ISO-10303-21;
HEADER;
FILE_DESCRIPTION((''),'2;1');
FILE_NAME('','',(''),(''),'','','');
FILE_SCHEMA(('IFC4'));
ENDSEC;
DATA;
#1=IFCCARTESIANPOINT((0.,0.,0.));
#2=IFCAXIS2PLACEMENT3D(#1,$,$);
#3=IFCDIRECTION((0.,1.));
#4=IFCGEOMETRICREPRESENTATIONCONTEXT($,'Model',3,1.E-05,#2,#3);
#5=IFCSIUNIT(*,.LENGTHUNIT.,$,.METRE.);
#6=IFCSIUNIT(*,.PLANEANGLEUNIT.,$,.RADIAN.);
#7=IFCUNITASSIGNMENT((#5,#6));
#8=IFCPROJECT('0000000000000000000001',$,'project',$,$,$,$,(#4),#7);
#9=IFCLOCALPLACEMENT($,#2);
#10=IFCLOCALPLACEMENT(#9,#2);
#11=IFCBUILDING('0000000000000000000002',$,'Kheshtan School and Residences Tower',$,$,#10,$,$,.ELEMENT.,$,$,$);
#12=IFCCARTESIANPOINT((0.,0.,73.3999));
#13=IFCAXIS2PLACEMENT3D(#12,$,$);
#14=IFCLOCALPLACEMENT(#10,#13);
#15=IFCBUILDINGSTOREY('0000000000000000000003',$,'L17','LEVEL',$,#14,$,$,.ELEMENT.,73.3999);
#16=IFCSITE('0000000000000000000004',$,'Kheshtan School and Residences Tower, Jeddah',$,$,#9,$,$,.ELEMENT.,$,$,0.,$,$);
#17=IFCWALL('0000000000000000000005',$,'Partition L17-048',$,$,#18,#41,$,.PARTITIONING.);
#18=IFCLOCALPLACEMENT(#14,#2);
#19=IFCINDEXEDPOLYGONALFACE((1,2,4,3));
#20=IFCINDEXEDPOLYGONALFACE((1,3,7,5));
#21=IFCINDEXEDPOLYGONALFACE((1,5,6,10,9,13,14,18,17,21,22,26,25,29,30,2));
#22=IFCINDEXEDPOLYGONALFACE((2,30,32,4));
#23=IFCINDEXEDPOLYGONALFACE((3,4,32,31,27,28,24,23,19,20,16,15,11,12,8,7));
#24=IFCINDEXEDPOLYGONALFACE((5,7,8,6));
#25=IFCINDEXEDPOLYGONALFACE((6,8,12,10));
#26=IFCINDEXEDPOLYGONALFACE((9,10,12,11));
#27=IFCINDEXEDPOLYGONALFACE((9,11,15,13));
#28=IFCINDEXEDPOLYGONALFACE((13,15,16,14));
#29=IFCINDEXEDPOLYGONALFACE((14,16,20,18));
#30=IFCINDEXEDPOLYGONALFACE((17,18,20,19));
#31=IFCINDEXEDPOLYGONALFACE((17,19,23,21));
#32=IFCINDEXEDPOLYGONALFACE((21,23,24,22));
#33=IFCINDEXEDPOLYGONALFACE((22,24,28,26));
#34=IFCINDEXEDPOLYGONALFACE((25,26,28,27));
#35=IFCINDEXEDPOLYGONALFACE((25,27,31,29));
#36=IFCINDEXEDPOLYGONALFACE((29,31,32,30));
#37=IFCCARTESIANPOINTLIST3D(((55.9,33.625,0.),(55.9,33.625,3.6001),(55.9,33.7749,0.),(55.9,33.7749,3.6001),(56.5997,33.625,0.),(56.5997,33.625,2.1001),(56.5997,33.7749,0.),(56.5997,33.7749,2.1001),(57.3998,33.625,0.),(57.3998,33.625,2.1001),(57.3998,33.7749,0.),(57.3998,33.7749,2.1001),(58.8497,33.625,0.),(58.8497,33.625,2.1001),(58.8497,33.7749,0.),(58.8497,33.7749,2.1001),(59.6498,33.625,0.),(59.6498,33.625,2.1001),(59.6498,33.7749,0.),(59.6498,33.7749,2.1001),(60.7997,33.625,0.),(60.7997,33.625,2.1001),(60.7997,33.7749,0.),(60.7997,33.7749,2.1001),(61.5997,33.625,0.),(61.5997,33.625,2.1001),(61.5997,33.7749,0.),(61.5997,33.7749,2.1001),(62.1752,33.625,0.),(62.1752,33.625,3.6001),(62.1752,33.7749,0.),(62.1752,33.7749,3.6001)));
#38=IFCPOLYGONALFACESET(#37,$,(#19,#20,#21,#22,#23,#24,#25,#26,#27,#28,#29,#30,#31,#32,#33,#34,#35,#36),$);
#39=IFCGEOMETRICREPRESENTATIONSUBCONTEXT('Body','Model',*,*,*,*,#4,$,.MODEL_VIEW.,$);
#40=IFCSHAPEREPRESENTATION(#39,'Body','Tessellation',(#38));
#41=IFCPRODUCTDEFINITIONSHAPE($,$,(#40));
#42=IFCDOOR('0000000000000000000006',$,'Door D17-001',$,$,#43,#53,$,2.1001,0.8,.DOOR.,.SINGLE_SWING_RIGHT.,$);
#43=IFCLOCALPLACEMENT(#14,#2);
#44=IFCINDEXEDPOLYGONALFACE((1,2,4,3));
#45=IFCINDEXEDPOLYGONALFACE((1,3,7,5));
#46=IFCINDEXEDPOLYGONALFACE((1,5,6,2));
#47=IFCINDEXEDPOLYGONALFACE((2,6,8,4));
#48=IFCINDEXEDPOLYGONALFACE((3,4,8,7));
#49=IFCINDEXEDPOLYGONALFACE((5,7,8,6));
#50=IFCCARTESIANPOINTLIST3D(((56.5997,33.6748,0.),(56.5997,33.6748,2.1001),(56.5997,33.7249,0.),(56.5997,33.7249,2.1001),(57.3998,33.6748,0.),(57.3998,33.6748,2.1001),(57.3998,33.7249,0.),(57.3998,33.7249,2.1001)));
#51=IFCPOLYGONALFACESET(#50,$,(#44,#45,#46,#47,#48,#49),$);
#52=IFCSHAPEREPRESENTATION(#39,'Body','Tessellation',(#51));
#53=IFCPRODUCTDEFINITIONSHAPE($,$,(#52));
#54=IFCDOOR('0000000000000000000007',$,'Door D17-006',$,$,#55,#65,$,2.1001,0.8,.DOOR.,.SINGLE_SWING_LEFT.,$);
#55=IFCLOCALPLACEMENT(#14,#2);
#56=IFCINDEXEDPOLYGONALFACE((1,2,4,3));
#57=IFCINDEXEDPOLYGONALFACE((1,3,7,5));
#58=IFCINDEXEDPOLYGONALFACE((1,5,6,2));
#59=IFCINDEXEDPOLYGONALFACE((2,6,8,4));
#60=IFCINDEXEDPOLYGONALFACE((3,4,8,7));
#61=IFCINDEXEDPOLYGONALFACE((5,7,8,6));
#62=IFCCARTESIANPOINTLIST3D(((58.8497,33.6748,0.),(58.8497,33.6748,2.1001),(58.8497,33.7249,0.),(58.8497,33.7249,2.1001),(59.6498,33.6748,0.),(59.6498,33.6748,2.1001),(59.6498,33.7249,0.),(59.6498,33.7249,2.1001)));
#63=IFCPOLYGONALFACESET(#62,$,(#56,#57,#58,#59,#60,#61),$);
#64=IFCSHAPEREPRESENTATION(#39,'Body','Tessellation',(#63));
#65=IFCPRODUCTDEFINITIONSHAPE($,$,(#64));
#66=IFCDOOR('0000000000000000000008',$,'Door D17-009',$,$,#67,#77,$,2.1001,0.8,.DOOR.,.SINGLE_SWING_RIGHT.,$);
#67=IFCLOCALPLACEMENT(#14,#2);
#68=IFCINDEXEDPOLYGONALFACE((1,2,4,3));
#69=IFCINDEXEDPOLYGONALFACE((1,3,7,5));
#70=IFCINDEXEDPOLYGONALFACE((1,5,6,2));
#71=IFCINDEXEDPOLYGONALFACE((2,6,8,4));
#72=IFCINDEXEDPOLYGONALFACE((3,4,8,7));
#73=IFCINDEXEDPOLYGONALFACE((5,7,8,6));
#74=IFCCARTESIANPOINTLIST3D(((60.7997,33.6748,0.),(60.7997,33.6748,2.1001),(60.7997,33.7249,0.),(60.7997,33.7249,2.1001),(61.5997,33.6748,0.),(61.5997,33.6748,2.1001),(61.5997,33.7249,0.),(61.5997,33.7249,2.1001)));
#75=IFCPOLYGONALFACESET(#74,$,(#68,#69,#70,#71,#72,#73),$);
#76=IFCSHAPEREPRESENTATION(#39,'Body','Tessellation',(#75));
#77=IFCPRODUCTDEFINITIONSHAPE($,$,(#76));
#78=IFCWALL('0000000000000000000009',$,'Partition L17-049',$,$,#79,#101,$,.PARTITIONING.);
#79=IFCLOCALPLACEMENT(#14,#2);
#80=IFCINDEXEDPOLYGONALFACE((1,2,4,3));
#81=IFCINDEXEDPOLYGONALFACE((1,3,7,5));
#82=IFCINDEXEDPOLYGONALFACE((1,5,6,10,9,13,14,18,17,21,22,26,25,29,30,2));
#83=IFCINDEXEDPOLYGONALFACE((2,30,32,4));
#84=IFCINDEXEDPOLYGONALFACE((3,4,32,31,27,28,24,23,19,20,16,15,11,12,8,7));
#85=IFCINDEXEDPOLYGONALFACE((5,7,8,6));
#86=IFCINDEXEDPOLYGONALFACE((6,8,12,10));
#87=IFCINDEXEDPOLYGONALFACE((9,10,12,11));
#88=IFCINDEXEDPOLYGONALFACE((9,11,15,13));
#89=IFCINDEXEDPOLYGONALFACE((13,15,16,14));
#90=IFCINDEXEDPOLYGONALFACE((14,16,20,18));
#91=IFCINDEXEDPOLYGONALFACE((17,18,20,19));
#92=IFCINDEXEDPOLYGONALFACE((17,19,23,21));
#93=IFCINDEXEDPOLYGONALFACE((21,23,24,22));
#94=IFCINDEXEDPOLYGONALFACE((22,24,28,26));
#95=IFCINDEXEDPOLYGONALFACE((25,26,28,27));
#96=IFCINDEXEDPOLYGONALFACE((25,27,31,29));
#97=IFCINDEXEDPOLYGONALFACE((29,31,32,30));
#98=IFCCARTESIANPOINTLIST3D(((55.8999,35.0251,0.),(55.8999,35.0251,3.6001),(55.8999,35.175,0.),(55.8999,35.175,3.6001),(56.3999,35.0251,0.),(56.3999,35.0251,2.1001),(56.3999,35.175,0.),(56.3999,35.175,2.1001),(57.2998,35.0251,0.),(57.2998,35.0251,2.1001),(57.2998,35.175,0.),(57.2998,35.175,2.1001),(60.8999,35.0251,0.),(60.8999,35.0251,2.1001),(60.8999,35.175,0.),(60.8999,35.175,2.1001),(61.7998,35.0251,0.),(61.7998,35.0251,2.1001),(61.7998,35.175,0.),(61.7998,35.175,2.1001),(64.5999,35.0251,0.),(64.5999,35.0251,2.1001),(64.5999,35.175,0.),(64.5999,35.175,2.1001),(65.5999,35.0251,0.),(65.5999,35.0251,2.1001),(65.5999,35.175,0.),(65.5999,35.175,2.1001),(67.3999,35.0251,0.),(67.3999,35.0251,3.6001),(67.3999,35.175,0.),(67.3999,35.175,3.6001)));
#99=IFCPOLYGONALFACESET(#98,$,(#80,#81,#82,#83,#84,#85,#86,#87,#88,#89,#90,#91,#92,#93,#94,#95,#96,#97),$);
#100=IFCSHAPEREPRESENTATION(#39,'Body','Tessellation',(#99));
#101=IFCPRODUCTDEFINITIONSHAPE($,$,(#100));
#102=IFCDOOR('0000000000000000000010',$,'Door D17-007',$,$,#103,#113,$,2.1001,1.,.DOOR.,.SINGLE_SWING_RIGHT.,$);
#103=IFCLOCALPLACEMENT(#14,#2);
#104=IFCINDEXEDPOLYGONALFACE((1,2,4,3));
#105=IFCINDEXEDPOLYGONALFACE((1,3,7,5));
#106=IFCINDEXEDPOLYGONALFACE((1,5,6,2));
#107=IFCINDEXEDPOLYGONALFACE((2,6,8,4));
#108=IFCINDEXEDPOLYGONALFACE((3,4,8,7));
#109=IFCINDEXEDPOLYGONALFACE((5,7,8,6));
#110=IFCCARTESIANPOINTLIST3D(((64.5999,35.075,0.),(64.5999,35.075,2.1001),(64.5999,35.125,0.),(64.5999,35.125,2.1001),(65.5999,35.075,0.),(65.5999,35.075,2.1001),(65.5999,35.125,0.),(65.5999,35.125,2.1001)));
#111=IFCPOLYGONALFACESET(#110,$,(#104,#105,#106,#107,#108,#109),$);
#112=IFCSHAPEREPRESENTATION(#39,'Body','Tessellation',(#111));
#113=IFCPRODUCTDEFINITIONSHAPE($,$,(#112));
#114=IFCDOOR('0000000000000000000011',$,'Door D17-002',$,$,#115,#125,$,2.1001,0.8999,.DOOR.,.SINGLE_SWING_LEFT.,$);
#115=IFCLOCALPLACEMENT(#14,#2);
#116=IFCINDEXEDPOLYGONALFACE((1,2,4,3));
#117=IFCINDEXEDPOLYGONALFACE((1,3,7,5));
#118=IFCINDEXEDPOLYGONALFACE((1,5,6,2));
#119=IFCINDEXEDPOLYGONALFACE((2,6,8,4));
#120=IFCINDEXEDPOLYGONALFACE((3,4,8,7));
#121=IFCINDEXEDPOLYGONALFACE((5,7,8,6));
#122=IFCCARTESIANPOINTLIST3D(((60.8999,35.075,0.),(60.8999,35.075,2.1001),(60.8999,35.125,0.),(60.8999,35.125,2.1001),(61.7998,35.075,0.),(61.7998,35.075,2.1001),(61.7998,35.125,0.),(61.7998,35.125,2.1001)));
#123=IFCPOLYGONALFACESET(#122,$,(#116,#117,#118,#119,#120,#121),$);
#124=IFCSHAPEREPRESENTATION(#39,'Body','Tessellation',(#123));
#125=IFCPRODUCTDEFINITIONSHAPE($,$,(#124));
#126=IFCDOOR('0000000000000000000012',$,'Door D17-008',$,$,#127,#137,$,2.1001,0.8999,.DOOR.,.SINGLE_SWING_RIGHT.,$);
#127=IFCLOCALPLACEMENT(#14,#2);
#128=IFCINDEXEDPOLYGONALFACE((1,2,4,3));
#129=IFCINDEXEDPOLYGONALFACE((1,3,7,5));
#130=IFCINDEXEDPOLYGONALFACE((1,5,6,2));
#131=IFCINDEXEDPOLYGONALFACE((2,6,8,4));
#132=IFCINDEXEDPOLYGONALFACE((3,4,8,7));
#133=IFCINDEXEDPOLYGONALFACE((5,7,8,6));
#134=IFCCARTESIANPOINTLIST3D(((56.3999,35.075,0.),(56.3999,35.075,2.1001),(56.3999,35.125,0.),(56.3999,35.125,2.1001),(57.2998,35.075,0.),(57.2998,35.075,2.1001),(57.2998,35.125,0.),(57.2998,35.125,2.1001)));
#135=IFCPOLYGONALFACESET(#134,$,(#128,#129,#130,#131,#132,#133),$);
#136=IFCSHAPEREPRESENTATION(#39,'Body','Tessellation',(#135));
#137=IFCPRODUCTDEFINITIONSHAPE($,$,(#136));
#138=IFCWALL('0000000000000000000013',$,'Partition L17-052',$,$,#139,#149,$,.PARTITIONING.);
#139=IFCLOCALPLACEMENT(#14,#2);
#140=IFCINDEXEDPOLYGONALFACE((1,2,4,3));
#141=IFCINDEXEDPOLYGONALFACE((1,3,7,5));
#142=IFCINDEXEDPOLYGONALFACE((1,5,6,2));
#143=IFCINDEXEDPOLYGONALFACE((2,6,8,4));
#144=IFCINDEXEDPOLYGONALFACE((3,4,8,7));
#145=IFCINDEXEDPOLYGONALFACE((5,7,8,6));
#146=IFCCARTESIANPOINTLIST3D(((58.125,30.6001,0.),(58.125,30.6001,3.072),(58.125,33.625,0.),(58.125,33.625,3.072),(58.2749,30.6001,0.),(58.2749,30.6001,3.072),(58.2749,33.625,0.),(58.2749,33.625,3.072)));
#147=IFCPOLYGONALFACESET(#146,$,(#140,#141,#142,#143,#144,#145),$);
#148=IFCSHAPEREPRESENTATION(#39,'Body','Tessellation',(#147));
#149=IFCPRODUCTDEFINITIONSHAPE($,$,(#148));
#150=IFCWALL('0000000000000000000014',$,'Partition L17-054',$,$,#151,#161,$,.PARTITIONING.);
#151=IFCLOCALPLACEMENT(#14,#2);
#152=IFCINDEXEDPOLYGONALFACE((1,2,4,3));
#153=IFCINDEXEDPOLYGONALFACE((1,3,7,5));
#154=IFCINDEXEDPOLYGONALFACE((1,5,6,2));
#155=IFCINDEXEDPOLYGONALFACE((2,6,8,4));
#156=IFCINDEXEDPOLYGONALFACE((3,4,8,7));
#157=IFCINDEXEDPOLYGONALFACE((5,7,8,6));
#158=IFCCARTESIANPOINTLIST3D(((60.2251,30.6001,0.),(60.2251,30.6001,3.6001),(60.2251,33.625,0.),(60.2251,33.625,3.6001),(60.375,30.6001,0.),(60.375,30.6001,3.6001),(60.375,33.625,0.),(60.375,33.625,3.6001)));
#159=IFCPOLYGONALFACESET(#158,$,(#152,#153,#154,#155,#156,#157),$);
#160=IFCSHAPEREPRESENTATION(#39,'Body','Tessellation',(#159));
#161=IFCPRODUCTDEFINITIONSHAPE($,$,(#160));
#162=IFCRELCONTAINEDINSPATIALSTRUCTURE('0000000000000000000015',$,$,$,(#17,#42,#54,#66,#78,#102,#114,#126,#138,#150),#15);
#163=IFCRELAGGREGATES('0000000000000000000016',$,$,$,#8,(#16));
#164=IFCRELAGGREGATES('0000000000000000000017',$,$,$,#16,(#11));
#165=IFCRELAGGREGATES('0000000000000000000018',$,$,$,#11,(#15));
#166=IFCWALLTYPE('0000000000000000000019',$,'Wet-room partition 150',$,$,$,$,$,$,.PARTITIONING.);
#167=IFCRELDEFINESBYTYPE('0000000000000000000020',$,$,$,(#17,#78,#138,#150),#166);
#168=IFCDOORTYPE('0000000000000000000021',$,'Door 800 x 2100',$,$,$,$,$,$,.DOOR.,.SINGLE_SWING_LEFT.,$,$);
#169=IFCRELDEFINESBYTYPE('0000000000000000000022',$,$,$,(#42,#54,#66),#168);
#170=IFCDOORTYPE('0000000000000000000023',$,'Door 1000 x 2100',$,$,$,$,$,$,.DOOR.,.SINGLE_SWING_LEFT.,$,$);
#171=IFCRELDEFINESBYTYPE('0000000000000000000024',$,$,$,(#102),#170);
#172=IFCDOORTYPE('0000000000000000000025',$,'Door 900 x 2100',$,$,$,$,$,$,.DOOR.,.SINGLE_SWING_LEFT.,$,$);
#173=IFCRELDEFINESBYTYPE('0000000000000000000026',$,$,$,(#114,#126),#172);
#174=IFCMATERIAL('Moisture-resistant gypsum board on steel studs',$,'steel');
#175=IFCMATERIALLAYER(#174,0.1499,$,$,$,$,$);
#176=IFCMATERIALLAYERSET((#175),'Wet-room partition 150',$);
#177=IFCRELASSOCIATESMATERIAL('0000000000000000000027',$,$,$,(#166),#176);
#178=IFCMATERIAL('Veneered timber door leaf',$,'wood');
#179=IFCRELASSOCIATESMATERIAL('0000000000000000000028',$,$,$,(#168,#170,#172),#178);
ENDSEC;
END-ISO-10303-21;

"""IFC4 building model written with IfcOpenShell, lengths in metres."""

from ifc_helpers import new_model, si_unit, direction, frame, frame_2d, origin, place, context, subcontext, project, spatial, rectangle, extrude, source, transform, mapped, material, layer, layer_set, type_object, element, fill, save


model = new_model("IFC4")

# Units and contexts
model_context = context("Model", 3, precision=1e-05, world=origin(), true_north=direction((0.0, 1.0)))
body_context = subcontext(model_context, "Body", "Model", "MODEL_VIEW")
ifc_project = project(units=[si_unit("LENGTHUNIT", "METRE"), si_unit("PLANEANGLEUNIT", "RADIAN")], contexts=[model_context])

# Site, building, storey
site_placement = place(None, origin())
site = spatial("IfcSite", under=ifc_project, at=site_placement, Name="Kheshtan School and Residences Tower, Jeddah", CompositionType="ELEMENT", RefElevation=0.0)
building_placement = place(site_placement, origin())
building = spatial("IfcBuilding", under=site, at=building_placement, Name="Kheshtan School and Residences Tower", CompositionType="ELEMENT")
storey_placement = place(building_placement, frame((0.0, 0.0, 73.3999)))
storey = spatial("IfcBuildingStorey", under=building, at=storey_placement, Name="L17", Description="LEVEL", CompositionType="ELEMENT", Elevation=73.3999)

# Walls, openings, doors
ifc_material_1 = material(Name="Moisture-resistant gypsum board on steel studs", Category="steel")
ifc_layer_1 = layer(ifc_material_1, 0.1499)
ifc_layer_set_1 = layer_set([ifc_layer_1], Name="Wet-room partition 150")
wall_type_1 = type_object("IfcWallType", Name="Wet-room partition 150", PredefinedType="PARTITIONING", material=ifc_layer_set_1)
wall_1_placement = place(storey_placement, frame((55.8999, 33.7, 0.0), z_axis=(0.0, 0.0, 1.0), x_axis=(1.0, 0.0, 0.0)))
wall_1 = element("IfcWall", 1, at=wall_1_placement, inside=storey, type_object=wall_type_1, Name="Partition L17-048", PredefinedType="PARTITIONING", context=body_context, shape_type="SweptSolid", body=[
    extrude(rectangle(XDim=6.2751, YDim=0.1499, at=frame_2d((3.1377, 0.0))), origin(), (0.0, 0.0, 1.0), 3.6001),
])
opening_1_placement = place(wall_1_placement, frame((0.7, 0.0, 0.0)))
opening_1 = element("IfcOpeningElement", 2, at=opening_1_placement, cuts=wall_1, PredefinedType="OPENING", context=body_context, shape_type="SweptSolid", body=[
    extrude(rectangle(XDim=0.8, YDim=2.1001, at=frame_2d((0.3999, 1.05))), frame((0.0, 0.085, 0.0), z_axis=(0.0, -1.0, 0.0), x_axis=(1.0, 0.0, 0.0)), (0.0, 0.0, 1.0), 0.1699),
])
opening_2_placement = place(wall_1_placement, frame((2.95, 0.0, 0.0)))
opening_2 = element("IfcOpeningElement", 3, at=opening_2_placement, cuts=wall_1, PredefinedType="OPENING", context=body_context, shape_type="SweptSolid", body=[
    extrude(rectangle(XDim=0.8, YDim=2.1001, at=frame_2d((0.3999, 1.05))), frame((0.0, 0.085, 0.0), z_axis=(0.0, -1.0, 0.0), x_axis=(1.0, 0.0, 0.0)), (0.0, 0.0, 1.0), 0.1699),
])
opening_3_placement = place(wall_1_placement, frame((4.8999, 0.0, 0.0)))
opening_3 = element("IfcOpeningElement", 4, at=opening_3_placement, cuts=wall_1, PredefinedType="OPENING", context=body_context, shape_type="SweptSolid", body=[
    extrude(rectangle(XDim=0.8, YDim=2.1001, at=frame_2d((0.3999, 1.05))), frame((0.0, 0.085, 0.0), z_axis=(0.0, -1.0, 0.0), x_axis=(1.0, 0.0, 0.0)), (0.0, 0.0, 1.0), 0.1699),
])
ifc_material_2 = material(Name="Veneered timber door leaf", Category="wood")
door_type_1 = type_object("IfcDoorType", Name="Door 800 x 2100", OperationType="SINGLE_SWING_LEFT", PredefinedType="DOOR", material=ifc_material_2)
shared_shape_1 = source(origin(), body_context, "Body", "SweptSolid", [
    extrude(rectangle(XDim=0.8, YDim=2.1001, at=frame_2d((0.3999, 1.05))), frame((0.0, 0.0249, 0.0), z_axis=(0.0, -1.0, 0.0), x_axis=(1.0, 0.0, 0.0)), (0.0, 0.0, 1.0), 0.05),
])
door_1_placement = place(opening_1_placement, origin())
door_1 = element("IfcDoor", 5, at=door_1_placement, inside=storey, type_object=door_type_1, Name="Door D17-001", OperationType="SINGLE_SWING_RIGHT", OverallHeight=2.1001, OverallWidth=0.8, PredefinedType="DOOR", context=body_context, shape_type="MappedRepresentation", body=[
    mapped(shared_shape_1, transform((0.0, 0.0, 0.0), x_axis=(1.0, 0.0, 0.0), y_axis=(0.0, 1.0, 0.0), z_axis=(0.0, 0.0, 1.0), scale=1.0)),
])
fill(opening_1, door_1)
door_2_placement = place(opening_2_placement, origin())
door_2 = element("IfcDoor", 6, at=door_2_placement, inside=storey, type_object=door_type_1, Name="Door D17-006", OperationType="SINGLE_SWING_LEFT", OverallHeight=2.1001, OverallWidth=0.8, PredefinedType="DOOR", context=body_context, shape_type="MappedRepresentation", body=[
    mapped(shared_shape_1, transform((0.0, 0.0, 0.0), x_axis=(1.0, 0.0, 0.0), y_axis=(0.0, 1.0, 0.0), z_axis=(0.0, 0.0, 1.0), scale=1.0)),
])
fill(opening_2, door_2)
door_3_placement = place(opening_3_placement, origin())
door_3 = element("IfcDoor", 7, at=door_3_placement, inside=storey, type_object=door_type_1, Name="Door D17-009", OperationType="SINGLE_SWING_RIGHT", OverallHeight=2.1001, OverallWidth=0.8, PredefinedType="DOOR", context=body_context, shape_type="MappedRepresentation", body=[
    mapped(shared_shape_1, transform((0.0, 0.0, 0.0), x_axis=(1.0, 0.0, 0.0), y_axis=(0.0, 1.0, 0.0), z_axis=(0.0, 0.0, 1.0), scale=1.0)),
])
fill(opening_3, door_3)
wall_2_placement = place(storey_placement, frame((55.8999, 35.1001, 0.0), z_axis=(0.0, 0.0, 1.0), x_axis=(1.0, 0.0, 0.0)))
wall_2 = element("IfcWall", 8, at=wall_2_placement, inside=storey, type_object=wall_type_1, Name="Partition L17-049", PredefinedType="PARTITIONING", context=body_context, shape_type="SweptSolid", body=[
    extrude(rectangle(XDim=11.5, YDim=0.1499, at=frame_2d((5.75, 0.0))), origin(), (0.0, 0.0, 1.0), 3.6001),
])
opening_4_placement = place(wall_2_placement, frame((5.0, 0.0, 0.0)))
opening_4 = element("IfcOpeningElement", 9, at=opening_4_placement, cuts=wall_2, PredefinedType="OPENING", context=body_context, shape_type="SweptSolid", body=[
    extrude(rectangle(XDim=0.8999, YDim=2.1001, at=frame_2d((0.45, 1.05))), frame((0.0, 0.085, 0.0), z_axis=(0.0, -1.0, 0.0), x_axis=(1.0, 0.0, 0.0)), (0.0, 0.0, 1.0), 0.1699),
])
opening_5_placement = place(wall_2_placement, frame((8.7, 0.0, 0.0)))
opening_5 = element("IfcOpeningElement", 10, at=opening_5_placement, cuts=wall_2, PredefinedType="OPENING", context=body_context, shape_type="SweptSolid", body=[
    extrude(rectangle(XDim=1.0, YDim=2.1001, at=frame_2d((0.5, 1.05))), frame((0.0, 0.085, 0.0), z_axis=(0.0, -1.0, 0.0), x_axis=(1.0, 0.0, 0.0)), (0.0, 0.0, 1.0), 0.1699),
])
opening_6_placement = place(wall_2_placement, frame((0.5, 0.0, 0.0)))
opening_6 = element("IfcOpeningElement", 11, at=opening_6_placement, cuts=wall_2, PredefinedType="OPENING", context=body_context, shape_type="SweptSolid", body=[
    extrude(rectangle(XDim=0.8999, YDim=2.1001, at=frame_2d((0.45, 1.05))), frame((0.0, 0.085, 0.0), z_axis=(0.0, -1.0, 0.0), x_axis=(1.0, 0.0, 0.0)), (0.0, 0.0, 1.0), 0.1699),
])
door_type_2 = type_object("IfcDoorType", Name="Door 1000 x 2100", OperationType="SINGLE_SWING_LEFT", PredefinedType="DOOR", material=ifc_material_2)
shared_shape_2 = source(origin(), body_context, "Body", "SweptSolid", [
    extrude(rectangle(XDim=1.0, YDim=2.1001, at=frame_2d((0.5, 1.05))), frame((0.0, 0.0249, 0.0), z_axis=(0.0, -1.0, 0.0), x_axis=(1.0, 0.0, 0.0)), (0.0, 0.0, 1.0), 0.05),
])
door_4_placement = place(opening_5_placement, origin())
door_4 = element("IfcDoor", 12, at=door_4_placement, inside=storey, type_object=door_type_2, Name="Door D17-007", OperationType="SINGLE_SWING_RIGHT", OverallHeight=2.1001, OverallWidth=1.0, PredefinedType="DOOR", context=body_context, shape_type="MappedRepresentation", body=[
    mapped(shared_shape_2, transform((0.0, 0.0, 0.0), x_axis=(1.0, 0.0, 0.0), y_axis=(0.0, 1.0, 0.0), z_axis=(0.0, 0.0, 1.0), scale=1.0)),
])
fill(opening_5, door_4)
door_type_3 = type_object("IfcDoorType", Name="Door 900 x 2100", OperationType="SINGLE_SWING_LEFT", PredefinedType="DOOR", material=ifc_material_2)
shared_shape_3 = source(origin(), body_context, "Body", "SweptSolid", [
    extrude(rectangle(XDim=0.8999, YDim=2.1001, at=frame_2d((0.45, 1.05))), frame((0.0, 0.0249, 0.0), z_axis=(0.0, -1.0, 0.0), x_axis=(1.0, 0.0, 0.0)), (0.0, 0.0, 1.0), 0.05),
])
door_5_placement = place(opening_4_placement, origin())
door_5 = element("IfcDoor", 13, at=door_5_placement, inside=storey, type_object=door_type_3, Name="Door D17-002", OperationType="SINGLE_SWING_LEFT", OverallHeight=2.1001, OverallWidth=0.8999, PredefinedType="DOOR", context=body_context, shape_type="MappedRepresentation", body=[
    mapped(shared_shape_3, transform((0.0, 0.0, 0.0), x_axis=(1.0, 0.0, 0.0), y_axis=(0.0, 1.0, 0.0), z_axis=(0.0, 0.0, 1.0), scale=1.0)),
])
fill(opening_4, door_5)
door_6_placement = place(opening_6_placement, origin())
door_6 = element("IfcDoor", 14, at=door_6_placement, inside=storey, type_object=door_type_3, Name="Door D17-008", OperationType="SINGLE_SWING_RIGHT", OverallHeight=2.1001, OverallWidth=0.8999, PredefinedType="DOOR", context=body_context, shape_type="MappedRepresentation", body=[
    mapped(shared_shape_3, transform((0.0, 0.0, 0.0), x_axis=(1.0, 0.0, 0.0), y_axis=(0.0, 1.0, 0.0), z_axis=(0.0, 0.0, 1.0), scale=1.0)),
])
fill(opening_6, door_6)

# Walls
wall_3_placement = place(storey_placement, frame((58.2, 30.6001, 0.0), z_axis=(0.0, 0.0, 1.0), x_axis=(0.0, 1.0, 0.0)))
element("IfcWall", 15, at=wall_3_placement, inside=storey, type_object=wall_type_1, Name="Partition L17-052", PredefinedType="PARTITIONING", context=body_context, shape_type="SweptSolid", body=[
    extrude(rectangle(XDim=3.0249, YDim=0.1499, at=frame_2d((1.5125, 0.0))), origin(), (0.0, 0.0, 1.0), 3.072),
])
for number, where, z_axis, x_axis, name in (
    (16, (60.3, 30.6001, 0.0), (0.0, 0.0, 1.0), (0.0, 1.0, 0.0), "Partition L17-054"),
):
    element("IfcWall", number, at=place(storey_placement, frame(where, z_axis=z_axis, x_axis=x_axis)), inside=storey, type_object=wall_type_1, Name=name, PredefinedType="PARTITIONING", context=body_context, shape_type="SweptSolid", body=[
        extrude(rectangle(XDim=3.0249, YDim=0.1499, at=frame_2d((1.5125, 0.0))), origin(), (0.0, 0.0, 1.0), 3.6001),
    ])

save(model, "model.ifc")
